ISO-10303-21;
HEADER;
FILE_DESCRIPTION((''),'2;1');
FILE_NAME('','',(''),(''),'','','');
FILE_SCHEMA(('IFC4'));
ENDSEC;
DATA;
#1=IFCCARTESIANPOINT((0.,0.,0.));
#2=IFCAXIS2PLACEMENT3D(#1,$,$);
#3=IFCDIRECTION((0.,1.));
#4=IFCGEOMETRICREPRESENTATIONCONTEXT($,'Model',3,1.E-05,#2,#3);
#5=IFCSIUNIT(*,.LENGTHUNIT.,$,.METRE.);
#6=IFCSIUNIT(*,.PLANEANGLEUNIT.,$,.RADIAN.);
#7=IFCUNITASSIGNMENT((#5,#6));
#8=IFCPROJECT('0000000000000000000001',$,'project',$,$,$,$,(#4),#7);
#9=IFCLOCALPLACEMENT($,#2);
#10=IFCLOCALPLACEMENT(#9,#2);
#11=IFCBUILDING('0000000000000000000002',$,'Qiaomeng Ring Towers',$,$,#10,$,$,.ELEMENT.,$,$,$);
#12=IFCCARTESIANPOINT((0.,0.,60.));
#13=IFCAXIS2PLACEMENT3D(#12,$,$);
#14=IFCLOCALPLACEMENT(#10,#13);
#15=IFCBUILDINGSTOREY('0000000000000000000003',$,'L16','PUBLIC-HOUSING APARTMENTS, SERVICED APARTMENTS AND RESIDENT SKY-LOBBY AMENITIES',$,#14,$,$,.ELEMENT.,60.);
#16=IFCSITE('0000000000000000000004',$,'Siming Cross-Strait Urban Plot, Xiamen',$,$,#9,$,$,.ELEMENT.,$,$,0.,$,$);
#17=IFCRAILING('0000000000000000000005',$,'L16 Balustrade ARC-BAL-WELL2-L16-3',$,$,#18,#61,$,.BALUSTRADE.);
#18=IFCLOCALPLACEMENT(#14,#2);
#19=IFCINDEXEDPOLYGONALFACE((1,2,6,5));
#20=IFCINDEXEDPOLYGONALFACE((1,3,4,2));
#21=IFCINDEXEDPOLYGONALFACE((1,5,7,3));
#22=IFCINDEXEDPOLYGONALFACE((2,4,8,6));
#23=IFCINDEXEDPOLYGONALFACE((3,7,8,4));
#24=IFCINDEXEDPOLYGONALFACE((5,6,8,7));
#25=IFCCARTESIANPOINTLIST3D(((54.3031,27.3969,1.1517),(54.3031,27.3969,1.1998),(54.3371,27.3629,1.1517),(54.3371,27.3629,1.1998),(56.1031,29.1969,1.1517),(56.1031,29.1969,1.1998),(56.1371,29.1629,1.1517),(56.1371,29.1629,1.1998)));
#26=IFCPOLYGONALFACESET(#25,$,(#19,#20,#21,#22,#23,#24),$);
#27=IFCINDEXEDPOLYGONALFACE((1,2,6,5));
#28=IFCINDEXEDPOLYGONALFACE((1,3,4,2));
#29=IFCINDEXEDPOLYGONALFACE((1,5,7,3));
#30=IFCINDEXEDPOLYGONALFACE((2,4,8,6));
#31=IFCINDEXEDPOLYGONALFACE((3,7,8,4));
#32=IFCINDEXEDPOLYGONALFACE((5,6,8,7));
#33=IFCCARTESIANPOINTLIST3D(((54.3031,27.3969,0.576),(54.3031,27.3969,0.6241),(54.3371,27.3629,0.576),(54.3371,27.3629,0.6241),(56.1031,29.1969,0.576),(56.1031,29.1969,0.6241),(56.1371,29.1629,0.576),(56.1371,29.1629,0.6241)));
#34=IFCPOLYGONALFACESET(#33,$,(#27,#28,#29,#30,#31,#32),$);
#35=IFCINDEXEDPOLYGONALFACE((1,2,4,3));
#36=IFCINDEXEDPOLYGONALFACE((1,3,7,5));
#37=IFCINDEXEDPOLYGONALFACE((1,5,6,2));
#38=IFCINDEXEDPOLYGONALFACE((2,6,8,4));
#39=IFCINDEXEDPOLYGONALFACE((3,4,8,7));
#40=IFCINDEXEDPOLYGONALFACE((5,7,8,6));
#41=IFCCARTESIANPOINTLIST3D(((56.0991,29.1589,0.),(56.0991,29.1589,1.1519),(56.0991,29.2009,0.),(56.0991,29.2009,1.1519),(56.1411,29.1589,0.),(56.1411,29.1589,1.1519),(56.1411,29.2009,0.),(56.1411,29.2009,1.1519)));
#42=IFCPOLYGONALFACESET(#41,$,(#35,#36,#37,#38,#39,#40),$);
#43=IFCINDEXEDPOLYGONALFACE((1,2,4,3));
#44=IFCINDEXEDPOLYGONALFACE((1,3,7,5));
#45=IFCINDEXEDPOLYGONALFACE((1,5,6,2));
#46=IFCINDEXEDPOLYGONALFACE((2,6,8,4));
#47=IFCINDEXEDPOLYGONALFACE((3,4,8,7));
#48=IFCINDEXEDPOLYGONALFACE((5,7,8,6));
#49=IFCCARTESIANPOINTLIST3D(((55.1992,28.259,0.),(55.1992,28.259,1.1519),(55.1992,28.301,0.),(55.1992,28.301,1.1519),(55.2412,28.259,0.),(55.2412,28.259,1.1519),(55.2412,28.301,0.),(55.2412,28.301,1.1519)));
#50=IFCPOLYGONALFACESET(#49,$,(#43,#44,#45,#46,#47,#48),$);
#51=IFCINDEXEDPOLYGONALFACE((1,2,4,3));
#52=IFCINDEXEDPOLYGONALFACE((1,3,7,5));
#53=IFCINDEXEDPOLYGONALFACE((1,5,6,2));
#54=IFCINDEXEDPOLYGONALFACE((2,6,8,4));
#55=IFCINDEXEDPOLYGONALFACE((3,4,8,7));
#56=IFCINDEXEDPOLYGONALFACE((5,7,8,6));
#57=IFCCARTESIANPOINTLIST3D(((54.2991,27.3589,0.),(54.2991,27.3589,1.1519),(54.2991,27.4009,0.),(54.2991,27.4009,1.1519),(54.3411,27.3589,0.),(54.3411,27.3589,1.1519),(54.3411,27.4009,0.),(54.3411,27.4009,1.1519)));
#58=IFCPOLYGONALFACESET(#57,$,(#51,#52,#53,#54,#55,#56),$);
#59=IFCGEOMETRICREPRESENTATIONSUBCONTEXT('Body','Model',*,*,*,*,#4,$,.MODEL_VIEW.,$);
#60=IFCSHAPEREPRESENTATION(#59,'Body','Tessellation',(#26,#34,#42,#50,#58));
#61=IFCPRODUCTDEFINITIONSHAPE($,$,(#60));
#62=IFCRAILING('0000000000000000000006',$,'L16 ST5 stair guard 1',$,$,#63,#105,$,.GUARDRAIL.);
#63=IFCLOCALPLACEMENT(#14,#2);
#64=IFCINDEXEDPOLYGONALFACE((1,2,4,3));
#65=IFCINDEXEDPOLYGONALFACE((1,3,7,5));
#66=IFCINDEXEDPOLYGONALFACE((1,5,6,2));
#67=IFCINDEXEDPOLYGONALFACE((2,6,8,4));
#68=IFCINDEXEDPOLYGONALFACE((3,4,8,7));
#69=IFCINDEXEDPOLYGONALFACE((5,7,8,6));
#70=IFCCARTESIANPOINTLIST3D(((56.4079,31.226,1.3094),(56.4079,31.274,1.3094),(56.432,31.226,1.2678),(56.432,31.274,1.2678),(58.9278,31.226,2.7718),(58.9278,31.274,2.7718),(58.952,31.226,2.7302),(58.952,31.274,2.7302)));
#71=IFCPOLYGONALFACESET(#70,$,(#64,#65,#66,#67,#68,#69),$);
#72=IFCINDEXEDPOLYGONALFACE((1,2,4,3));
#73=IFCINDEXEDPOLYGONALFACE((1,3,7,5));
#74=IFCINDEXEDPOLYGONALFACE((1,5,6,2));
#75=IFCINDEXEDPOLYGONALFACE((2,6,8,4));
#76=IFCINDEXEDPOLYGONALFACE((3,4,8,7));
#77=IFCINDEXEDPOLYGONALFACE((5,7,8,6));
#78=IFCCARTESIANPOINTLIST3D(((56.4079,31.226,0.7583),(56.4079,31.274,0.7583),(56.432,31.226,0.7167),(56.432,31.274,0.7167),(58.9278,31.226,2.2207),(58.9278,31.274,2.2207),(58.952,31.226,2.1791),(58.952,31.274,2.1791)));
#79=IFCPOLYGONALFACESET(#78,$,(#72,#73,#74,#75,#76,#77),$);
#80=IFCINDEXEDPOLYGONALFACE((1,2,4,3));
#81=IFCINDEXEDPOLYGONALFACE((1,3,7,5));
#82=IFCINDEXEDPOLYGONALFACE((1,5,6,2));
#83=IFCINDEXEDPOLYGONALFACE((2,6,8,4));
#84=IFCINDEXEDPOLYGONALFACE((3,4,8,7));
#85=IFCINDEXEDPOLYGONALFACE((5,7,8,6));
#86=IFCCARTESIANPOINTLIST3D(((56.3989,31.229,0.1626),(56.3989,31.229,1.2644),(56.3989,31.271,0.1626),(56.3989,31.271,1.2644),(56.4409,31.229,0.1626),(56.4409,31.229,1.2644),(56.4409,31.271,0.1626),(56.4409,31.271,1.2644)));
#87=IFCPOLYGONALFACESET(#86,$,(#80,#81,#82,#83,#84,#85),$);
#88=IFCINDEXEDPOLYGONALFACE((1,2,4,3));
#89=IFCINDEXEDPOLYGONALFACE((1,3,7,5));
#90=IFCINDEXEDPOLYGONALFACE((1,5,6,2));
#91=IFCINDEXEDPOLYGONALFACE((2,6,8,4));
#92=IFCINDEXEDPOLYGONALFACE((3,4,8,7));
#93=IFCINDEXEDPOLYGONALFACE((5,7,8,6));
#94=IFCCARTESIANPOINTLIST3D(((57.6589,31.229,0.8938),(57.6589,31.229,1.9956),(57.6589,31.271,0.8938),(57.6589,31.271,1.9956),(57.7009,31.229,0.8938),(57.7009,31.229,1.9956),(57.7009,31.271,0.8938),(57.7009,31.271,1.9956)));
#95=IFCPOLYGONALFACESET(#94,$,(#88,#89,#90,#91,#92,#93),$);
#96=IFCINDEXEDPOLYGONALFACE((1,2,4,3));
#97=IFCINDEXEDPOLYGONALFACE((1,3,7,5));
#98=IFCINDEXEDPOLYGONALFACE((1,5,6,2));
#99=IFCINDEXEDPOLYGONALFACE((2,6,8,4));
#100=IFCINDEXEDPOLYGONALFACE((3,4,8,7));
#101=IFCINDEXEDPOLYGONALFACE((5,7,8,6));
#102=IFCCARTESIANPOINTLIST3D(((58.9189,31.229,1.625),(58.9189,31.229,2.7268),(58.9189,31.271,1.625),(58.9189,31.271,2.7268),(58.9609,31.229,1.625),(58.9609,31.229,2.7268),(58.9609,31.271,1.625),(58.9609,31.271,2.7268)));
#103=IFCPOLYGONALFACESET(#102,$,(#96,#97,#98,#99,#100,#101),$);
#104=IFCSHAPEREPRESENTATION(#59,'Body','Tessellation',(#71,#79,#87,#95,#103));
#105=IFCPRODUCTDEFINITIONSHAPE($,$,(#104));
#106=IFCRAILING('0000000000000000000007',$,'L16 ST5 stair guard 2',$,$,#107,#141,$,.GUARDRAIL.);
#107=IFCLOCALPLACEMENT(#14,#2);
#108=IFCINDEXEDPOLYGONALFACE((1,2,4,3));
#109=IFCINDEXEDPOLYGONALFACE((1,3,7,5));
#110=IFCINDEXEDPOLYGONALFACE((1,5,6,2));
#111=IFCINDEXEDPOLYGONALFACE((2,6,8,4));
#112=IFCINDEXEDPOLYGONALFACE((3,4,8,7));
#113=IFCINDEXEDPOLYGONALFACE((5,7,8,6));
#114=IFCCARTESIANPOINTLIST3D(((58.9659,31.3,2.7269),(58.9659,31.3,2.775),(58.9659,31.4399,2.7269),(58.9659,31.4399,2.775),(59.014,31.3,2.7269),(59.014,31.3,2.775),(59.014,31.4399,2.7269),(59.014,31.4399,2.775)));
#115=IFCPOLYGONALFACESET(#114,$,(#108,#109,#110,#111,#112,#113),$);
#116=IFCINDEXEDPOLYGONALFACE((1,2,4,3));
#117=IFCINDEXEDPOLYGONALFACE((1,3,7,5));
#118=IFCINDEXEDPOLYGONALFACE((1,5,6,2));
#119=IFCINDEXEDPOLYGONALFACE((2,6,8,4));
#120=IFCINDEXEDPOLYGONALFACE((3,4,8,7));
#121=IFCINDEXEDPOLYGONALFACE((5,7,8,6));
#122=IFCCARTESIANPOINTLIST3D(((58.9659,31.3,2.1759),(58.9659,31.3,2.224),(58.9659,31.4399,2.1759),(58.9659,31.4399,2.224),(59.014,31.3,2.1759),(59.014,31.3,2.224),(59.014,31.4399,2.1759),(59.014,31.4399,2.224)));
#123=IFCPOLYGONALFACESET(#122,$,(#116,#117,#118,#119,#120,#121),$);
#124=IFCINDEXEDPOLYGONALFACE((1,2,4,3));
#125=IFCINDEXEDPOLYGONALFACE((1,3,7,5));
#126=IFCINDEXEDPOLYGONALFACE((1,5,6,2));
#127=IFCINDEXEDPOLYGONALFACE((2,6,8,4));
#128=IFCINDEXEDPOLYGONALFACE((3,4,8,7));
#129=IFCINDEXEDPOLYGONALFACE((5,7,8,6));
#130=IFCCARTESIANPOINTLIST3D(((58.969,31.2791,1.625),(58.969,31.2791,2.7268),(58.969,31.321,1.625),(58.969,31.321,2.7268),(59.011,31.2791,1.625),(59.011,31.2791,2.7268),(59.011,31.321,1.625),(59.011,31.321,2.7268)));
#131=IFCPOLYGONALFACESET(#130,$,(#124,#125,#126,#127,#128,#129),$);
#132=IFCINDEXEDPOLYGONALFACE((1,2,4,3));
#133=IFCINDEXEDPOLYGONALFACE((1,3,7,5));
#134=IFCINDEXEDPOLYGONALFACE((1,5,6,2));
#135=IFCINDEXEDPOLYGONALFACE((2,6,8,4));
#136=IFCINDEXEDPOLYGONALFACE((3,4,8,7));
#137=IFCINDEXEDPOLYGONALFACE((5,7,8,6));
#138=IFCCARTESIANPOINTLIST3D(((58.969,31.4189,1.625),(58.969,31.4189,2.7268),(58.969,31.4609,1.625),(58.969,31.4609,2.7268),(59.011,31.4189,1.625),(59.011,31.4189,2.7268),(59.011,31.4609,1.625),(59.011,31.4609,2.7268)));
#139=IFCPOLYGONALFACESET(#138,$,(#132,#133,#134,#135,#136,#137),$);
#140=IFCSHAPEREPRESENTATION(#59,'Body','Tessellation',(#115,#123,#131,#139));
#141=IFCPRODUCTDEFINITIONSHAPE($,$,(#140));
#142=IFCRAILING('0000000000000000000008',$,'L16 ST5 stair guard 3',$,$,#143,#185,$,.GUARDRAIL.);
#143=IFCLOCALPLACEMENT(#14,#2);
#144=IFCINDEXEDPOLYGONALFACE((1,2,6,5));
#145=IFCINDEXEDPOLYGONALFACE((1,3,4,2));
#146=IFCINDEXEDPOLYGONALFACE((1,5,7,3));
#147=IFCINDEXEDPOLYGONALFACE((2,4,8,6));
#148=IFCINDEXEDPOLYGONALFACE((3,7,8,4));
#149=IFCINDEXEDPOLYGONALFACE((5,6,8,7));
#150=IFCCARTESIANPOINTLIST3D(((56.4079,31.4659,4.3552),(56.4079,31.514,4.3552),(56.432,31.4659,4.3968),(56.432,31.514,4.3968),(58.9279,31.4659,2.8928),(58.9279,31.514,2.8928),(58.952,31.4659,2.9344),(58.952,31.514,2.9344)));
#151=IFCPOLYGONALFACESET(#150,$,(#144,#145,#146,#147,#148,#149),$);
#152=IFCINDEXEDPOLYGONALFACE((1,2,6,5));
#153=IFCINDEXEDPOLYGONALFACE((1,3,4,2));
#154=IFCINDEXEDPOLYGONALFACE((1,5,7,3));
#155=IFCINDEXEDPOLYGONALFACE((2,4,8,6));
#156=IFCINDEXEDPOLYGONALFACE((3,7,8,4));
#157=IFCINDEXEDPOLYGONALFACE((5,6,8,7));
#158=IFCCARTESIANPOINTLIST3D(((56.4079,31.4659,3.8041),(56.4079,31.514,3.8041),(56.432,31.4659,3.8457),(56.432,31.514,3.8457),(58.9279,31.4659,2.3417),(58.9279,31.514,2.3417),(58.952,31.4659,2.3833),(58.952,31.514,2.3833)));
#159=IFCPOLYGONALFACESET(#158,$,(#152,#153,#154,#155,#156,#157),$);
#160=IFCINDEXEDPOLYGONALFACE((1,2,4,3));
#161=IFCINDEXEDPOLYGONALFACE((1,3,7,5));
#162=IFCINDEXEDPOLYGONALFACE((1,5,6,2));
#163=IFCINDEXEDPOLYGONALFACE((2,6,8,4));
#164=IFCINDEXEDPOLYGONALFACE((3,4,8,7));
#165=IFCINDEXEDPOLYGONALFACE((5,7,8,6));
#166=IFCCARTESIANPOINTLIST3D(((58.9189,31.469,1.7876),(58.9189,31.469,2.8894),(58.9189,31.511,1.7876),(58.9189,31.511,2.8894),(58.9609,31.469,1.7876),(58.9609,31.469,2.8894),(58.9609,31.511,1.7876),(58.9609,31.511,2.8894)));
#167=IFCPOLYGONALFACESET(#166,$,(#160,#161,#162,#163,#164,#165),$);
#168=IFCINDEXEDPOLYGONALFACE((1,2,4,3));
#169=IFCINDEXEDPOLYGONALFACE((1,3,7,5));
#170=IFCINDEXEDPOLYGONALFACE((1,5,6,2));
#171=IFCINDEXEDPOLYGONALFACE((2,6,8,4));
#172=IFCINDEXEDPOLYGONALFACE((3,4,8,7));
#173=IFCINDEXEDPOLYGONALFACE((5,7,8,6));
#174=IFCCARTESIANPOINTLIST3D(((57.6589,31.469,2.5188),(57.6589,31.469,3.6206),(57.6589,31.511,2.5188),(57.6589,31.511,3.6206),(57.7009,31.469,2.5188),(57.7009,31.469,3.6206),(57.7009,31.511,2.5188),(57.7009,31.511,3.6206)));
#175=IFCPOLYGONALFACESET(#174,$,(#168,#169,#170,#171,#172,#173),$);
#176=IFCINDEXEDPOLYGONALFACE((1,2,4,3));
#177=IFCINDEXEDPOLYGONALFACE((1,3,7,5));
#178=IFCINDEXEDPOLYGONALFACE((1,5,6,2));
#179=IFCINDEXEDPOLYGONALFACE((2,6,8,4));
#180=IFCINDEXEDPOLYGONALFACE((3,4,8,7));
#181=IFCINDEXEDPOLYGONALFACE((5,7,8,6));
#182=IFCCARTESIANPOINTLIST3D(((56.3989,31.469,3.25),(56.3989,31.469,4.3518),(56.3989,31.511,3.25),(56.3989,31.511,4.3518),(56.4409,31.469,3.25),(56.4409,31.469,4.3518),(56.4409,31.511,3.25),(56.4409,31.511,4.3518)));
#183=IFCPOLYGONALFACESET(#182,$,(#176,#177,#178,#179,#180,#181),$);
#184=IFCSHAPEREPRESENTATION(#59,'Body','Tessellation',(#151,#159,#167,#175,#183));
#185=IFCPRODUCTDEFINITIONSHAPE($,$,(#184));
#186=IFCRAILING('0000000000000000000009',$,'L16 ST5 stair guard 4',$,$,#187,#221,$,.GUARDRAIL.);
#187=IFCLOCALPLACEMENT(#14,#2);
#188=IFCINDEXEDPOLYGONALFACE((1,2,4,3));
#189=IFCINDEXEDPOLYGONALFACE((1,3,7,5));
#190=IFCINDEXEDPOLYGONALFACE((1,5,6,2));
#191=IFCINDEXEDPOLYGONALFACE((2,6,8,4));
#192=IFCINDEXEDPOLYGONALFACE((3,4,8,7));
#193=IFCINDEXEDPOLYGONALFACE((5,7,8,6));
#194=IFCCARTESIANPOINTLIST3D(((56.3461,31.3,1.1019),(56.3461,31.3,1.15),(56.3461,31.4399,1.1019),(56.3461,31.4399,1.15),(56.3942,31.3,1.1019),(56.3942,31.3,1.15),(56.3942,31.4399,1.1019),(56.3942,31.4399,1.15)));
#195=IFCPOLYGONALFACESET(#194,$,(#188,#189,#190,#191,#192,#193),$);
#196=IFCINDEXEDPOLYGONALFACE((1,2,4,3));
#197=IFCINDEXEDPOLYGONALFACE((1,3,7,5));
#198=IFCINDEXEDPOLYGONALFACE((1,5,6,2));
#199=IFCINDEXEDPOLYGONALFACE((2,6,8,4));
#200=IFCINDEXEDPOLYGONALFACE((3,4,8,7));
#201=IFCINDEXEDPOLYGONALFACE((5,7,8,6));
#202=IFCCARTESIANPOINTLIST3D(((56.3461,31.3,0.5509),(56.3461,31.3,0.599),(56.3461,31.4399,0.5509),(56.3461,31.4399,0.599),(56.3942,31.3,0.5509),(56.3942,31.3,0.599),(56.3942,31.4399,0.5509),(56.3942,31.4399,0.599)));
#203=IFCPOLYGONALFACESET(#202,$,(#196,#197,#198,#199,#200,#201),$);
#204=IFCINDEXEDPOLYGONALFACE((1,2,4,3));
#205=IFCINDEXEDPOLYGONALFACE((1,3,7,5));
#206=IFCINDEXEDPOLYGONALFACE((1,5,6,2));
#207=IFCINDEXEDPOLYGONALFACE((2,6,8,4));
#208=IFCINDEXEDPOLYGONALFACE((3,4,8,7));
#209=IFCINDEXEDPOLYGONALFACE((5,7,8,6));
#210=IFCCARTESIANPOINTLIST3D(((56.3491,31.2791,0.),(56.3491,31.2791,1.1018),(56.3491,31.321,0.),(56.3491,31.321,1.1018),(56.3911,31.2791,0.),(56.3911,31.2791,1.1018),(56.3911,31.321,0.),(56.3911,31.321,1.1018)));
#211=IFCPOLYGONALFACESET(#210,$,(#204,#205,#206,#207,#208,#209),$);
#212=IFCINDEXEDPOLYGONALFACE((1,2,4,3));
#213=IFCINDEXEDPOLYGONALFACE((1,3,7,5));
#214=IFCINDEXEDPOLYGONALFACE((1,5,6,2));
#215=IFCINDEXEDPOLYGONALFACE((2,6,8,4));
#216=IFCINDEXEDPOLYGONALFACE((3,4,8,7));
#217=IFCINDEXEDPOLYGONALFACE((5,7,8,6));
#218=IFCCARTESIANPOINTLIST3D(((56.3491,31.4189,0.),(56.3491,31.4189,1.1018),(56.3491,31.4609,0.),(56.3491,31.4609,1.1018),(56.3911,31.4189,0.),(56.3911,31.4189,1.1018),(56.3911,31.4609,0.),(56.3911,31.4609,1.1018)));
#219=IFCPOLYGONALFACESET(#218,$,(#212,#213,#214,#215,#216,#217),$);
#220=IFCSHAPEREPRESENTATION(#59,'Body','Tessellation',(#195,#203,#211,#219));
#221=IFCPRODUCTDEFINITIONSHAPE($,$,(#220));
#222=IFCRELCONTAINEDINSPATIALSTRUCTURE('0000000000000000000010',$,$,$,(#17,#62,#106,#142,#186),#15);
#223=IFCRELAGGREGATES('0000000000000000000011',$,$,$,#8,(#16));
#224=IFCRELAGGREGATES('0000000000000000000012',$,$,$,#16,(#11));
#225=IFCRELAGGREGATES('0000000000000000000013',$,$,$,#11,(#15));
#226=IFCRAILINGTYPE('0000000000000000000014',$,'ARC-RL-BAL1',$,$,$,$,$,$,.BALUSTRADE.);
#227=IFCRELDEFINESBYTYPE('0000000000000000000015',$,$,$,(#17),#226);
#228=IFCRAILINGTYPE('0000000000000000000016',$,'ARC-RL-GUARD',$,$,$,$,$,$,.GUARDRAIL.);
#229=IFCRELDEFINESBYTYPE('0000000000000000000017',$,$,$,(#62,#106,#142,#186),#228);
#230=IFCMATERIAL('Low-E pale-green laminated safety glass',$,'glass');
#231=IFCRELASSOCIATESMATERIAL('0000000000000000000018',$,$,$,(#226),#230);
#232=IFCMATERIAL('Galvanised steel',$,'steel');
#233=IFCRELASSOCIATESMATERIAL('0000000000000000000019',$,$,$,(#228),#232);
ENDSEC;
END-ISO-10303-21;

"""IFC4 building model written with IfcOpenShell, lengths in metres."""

from ifc_helpers import new_model, si_unit, direction, frame, origin, origin_2d, place, context, subcontext, project, spatial, rectangle, extrude, material, type_object, element, save


model = new_model("IFC4")

# Units and contexts
model_context = context("Model", 3, precision=1e-05, world=origin(), true_north=direction((0.0, 1.0)))
body_context = subcontext(model_context, "Body", "Model", "MODEL_VIEW")
ifc_project = project(units=[si_unit("LENGTHUNIT", "METRE"), si_unit("PLANEANGLEUNIT", "RADIAN")], contexts=[model_context])

# Site, building, storey
site_placement = place(None, origin())
site = spatial("IfcSite", under=ifc_project, at=site_placement, Name="Siming Cross-Strait Urban Plot, Xiamen", CompositionType="ELEMENT", RefElevation=0.0)
building_placement = place(site_placement, origin())
building = spatial("IfcBuilding", under=site, at=building_placement, Name="Qiaomeng Ring Towers", CompositionType="ELEMENT")
storey_placement = place(building_placement, frame((0.0, 0.0, 60.0)))
storey = spatial("IfcBuildingStorey", under=building, at=storey_placement, Name="L16", Description="PUBLIC-HOUSING APARTMENTS, SERVICED APARTMENTS AND RESIDENT SKY-LOBBY AMENITIES", CompositionType="ELEMENT", Elevation=60.0)

# Railings
ifc_material_1 = material(Name="Low-E pale-green laminated safety glass", Category="glass")
railing_type_1 = type_object("IfcRailingType", Name="ARC-RL-BAL1", PredefinedType="BALUSTRADE", material=ifc_material_1)
railing_1_placement = place(storey_placement, frame((56.1201, 29.1799, 0.0)))
element("IfcRailing", 1, at=railing_1_placement, inside=storey, type_object=railing_type_1, Name="L16 Balustrade ARC-BAL-WELL2-L16-3", PredefinedType="BALUSTRADE", context=body_context, shape_type="SweptSolid", body=[
    extrude(rectangle(XDim=0.0481, YDim=0.0481, at=origin_2d()), frame((0.0, 0.0, 1.1758), z_axis=(-0.707107, -0.707107, 0.0), x_axis=(0.707107, -0.707107, 0.0)), (0.0, 0.0, 1.0), 2.5457),
    extrude(rectangle(XDim=0.0481, YDim=0.0481, at=origin_2d()), frame((0.0, 0.0, 0.6001), z_axis=(-0.707107, -0.707107, 0.0), x_axis=(0.707107, -0.707107, 0.0)), (0.0, 0.0, 1.0), 2.5457),
    extrude(rectangle(XDim=0.042, YDim=0.042, at=origin_2d()), origin(), (0.0, 0.0, 1.0), 1.1519),
    extrude(rectangle(XDim=0.042, YDim=0.042, at=origin_2d()), frame((-0.8999, -0.8999, 0.0)), (0.0, 0.0, 1.0), 1.1519),
    extrude(rectangle(XDim=0.042, YDim=0.042, at=origin_2d()), frame((-1.8, -1.8, 0.0)), (0.0, 0.0, 1.0), 1.1519),
])
ifc_material_2 = material(Name="Galvanised steel", Category="steel")
railing_type_2 = type_object("IfcRailingType", Name="ARC-RL-GUARD", PredefinedType="GUARDRAIL", material=ifc_material_2)
railing_2_placement = place(storey_placement, frame((56.4199, 31.25, 0.1626)))
element("IfcRailing", 2, at=railing_2_placement, inside=storey, type_object=railing_type_2, Name="L16 ST5 stair guard 1", PredefinedType="GUARDRAIL", context=body_context, shape_type="SweptSolid", body=[
    extrude(rectangle(XDim=0.0481, YDim=0.0481, at=origin_2d()), frame((0.0, 0.0, 1.126), z_axis=(0.864913, 0.0, 0.501921), x_axis=(0.0, 1.0, 0.0)), (0.0, 0.0, 1.0), 2.9136),
    extrude(rectangle(XDim=0.0481, YDim=0.0481, at=origin_2d()), frame((0.0, 0.0, 0.575), z_axis=(0.864913, 0.0, 0.501921), x_axis=(0.0, 1.0, 0.0)), (0.0, 0.0, 1.0), 2.9136),
    extrude(rectangle(XDim=0.042, YDim=0.042, at=origin_2d()), origin(), (0.0, 0.0, 1.0), 1.1018),
    extrude(rectangle(XDim=0.042, YDim=0.042, at=origin_2d()), frame((1.26, 0.0, 0.7312)), (0.0, 0.0, 1.0), 1.1018),
    extrude(rectangle(XDim=0.042, YDim=0.042, at=origin_2d()), frame((2.52, 0.0, 1.4624)), (0.0, 0.0, 1.0), 1.1018),
])
railing_3_placement = place(storey_placement, frame((58.99, 31.3, 1.625)))
element("IfcRailing", 3, at=railing_3_placement, inside=storey, type_object=railing_type_2, Name="L16 ST5 stair guard 2", PredefinedType="GUARDRAIL", context=body_context, shape_type="SweptSolid", body=[
    extrude(rectangle(XDim=0.0481, YDim=0.0481, at=origin_2d()), frame((0.0, 0.0, 1.126), z_axis=(0.0, 1.0, 0.0), x_axis=(-1.0, 0.0, 0.0)), (0.0, 0.0, 1.0), 0.1399),
    extrude(rectangle(XDim=0.0481, YDim=0.0481, at=origin_2d()), frame((0.0, 0.0, 0.575), z_axis=(0.0, 1.0, 0.0), x_axis=(-1.0, 0.0, 0.0)), (0.0, 0.0, 1.0), 0.1399),
    extrude(rectangle(XDim=0.042, YDim=0.042, at=origin_2d()), origin(), (0.0, 0.0, 1.0), 1.1018),
    extrude(rectangle(XDim=0.042, YDim=0.042, at=origin_2d()), frame((0.0, 0.1399, 0.0)), (0.0, 0.0, 1.0), 1.1018),
])
railing_4_placement = place(storey_placement, frame((58.9399, 31.49, 1.7876)))
element("IfcRailing", 4, at=railing_4_placement, inside=storey, type_object=railing_type_2, Name="L16 ST5 stair guard 3", PredefinedType="GUARDRAIL", context=body_context, shape_type="SweptSolid", body=[
    extrude(rectangle(XDim=0.0481, YDim=0.0481, at=origin_2d()), frame((0.0, 0.0, 1.126), z_axis=(-0.864913, 0.0, 0.501921), x_axis=(0.0, -1.0, 0.0)), (0.0, 0.0, 1.0), 2.9136),
    extrude(rectangle(XDim=0.0481, YDim=0.0481, at=origin_2d()), frame((0.0, 0.0, 0.575), z_axis=(-0.864913, 0.0, 0.501921), x_axis=(0.0, -1.0, 0.0)), (0.0, 0.0, 1.0), 2.9136),
    extrude(rectangle(XDim=0.042, YDim=0.042, at=origin_2d()), origin(), (0.0, 0.0, 1.0), 1.1018),
    extrude(rectangle(XDim=0.042, YDim=0.042, at=origin_2d()), frame((-1.26, 0.0, 0.7312)), (0.0, 0.0, 1.0), 1.1018),
    extrude(rectangle(XDim=0.042, YDim=0.042, at=origin_2d()), frame((-2.52, 0.0, 1.4624)), (0.0, 0.0, 1.0), 1.1018),
])
railing_5_placement = place(storey_placement, frame((56.3701, 31.3, 0.0)))
element("IfcRailing", 5, at=railing_5_placement, inside=storey, type_object=railing_type_2, Name="L16 ST5 stair guard 4", PredefinedType="GUARDRAIL", context=body_context, shape_type="SweptSolid", body=[
    extrude(rectangle(XDim=0.0481, YDim=0.0481, at=origin_2d()), frame((0.0, 0.0, 1.126), z_axis=(0.0, 1.0, 0.0), x_axis=(-1.0, 0.0, 0.0)), (0.0, 0.0, 1.0), 0.1399),
    extrude(rectangle(XDim=0.0481, YDim=0.0481, at=origin_2d()), frame((0.0, 0.0, 0.575), z_axis=(0.0, 1.0, 0.0), x_axis=(-1.0, 0.0, 0.0)), (0.0, 0.0, 1.0), 0.1399),
    extrude(rectangle(XDim=0.042, YDim=0.042, at=origin_2d()), origin(), (0.0, 0.0, 1.0), 1.1018),
    extrude(rectangle(XDim=0.042, YDim=0.042, at=origin_2d()), frame((0.0, 0.1399, 0.0)), (0.0, 0.0, 1.0), 1.1018),
])

save(model, "model.ifc")
